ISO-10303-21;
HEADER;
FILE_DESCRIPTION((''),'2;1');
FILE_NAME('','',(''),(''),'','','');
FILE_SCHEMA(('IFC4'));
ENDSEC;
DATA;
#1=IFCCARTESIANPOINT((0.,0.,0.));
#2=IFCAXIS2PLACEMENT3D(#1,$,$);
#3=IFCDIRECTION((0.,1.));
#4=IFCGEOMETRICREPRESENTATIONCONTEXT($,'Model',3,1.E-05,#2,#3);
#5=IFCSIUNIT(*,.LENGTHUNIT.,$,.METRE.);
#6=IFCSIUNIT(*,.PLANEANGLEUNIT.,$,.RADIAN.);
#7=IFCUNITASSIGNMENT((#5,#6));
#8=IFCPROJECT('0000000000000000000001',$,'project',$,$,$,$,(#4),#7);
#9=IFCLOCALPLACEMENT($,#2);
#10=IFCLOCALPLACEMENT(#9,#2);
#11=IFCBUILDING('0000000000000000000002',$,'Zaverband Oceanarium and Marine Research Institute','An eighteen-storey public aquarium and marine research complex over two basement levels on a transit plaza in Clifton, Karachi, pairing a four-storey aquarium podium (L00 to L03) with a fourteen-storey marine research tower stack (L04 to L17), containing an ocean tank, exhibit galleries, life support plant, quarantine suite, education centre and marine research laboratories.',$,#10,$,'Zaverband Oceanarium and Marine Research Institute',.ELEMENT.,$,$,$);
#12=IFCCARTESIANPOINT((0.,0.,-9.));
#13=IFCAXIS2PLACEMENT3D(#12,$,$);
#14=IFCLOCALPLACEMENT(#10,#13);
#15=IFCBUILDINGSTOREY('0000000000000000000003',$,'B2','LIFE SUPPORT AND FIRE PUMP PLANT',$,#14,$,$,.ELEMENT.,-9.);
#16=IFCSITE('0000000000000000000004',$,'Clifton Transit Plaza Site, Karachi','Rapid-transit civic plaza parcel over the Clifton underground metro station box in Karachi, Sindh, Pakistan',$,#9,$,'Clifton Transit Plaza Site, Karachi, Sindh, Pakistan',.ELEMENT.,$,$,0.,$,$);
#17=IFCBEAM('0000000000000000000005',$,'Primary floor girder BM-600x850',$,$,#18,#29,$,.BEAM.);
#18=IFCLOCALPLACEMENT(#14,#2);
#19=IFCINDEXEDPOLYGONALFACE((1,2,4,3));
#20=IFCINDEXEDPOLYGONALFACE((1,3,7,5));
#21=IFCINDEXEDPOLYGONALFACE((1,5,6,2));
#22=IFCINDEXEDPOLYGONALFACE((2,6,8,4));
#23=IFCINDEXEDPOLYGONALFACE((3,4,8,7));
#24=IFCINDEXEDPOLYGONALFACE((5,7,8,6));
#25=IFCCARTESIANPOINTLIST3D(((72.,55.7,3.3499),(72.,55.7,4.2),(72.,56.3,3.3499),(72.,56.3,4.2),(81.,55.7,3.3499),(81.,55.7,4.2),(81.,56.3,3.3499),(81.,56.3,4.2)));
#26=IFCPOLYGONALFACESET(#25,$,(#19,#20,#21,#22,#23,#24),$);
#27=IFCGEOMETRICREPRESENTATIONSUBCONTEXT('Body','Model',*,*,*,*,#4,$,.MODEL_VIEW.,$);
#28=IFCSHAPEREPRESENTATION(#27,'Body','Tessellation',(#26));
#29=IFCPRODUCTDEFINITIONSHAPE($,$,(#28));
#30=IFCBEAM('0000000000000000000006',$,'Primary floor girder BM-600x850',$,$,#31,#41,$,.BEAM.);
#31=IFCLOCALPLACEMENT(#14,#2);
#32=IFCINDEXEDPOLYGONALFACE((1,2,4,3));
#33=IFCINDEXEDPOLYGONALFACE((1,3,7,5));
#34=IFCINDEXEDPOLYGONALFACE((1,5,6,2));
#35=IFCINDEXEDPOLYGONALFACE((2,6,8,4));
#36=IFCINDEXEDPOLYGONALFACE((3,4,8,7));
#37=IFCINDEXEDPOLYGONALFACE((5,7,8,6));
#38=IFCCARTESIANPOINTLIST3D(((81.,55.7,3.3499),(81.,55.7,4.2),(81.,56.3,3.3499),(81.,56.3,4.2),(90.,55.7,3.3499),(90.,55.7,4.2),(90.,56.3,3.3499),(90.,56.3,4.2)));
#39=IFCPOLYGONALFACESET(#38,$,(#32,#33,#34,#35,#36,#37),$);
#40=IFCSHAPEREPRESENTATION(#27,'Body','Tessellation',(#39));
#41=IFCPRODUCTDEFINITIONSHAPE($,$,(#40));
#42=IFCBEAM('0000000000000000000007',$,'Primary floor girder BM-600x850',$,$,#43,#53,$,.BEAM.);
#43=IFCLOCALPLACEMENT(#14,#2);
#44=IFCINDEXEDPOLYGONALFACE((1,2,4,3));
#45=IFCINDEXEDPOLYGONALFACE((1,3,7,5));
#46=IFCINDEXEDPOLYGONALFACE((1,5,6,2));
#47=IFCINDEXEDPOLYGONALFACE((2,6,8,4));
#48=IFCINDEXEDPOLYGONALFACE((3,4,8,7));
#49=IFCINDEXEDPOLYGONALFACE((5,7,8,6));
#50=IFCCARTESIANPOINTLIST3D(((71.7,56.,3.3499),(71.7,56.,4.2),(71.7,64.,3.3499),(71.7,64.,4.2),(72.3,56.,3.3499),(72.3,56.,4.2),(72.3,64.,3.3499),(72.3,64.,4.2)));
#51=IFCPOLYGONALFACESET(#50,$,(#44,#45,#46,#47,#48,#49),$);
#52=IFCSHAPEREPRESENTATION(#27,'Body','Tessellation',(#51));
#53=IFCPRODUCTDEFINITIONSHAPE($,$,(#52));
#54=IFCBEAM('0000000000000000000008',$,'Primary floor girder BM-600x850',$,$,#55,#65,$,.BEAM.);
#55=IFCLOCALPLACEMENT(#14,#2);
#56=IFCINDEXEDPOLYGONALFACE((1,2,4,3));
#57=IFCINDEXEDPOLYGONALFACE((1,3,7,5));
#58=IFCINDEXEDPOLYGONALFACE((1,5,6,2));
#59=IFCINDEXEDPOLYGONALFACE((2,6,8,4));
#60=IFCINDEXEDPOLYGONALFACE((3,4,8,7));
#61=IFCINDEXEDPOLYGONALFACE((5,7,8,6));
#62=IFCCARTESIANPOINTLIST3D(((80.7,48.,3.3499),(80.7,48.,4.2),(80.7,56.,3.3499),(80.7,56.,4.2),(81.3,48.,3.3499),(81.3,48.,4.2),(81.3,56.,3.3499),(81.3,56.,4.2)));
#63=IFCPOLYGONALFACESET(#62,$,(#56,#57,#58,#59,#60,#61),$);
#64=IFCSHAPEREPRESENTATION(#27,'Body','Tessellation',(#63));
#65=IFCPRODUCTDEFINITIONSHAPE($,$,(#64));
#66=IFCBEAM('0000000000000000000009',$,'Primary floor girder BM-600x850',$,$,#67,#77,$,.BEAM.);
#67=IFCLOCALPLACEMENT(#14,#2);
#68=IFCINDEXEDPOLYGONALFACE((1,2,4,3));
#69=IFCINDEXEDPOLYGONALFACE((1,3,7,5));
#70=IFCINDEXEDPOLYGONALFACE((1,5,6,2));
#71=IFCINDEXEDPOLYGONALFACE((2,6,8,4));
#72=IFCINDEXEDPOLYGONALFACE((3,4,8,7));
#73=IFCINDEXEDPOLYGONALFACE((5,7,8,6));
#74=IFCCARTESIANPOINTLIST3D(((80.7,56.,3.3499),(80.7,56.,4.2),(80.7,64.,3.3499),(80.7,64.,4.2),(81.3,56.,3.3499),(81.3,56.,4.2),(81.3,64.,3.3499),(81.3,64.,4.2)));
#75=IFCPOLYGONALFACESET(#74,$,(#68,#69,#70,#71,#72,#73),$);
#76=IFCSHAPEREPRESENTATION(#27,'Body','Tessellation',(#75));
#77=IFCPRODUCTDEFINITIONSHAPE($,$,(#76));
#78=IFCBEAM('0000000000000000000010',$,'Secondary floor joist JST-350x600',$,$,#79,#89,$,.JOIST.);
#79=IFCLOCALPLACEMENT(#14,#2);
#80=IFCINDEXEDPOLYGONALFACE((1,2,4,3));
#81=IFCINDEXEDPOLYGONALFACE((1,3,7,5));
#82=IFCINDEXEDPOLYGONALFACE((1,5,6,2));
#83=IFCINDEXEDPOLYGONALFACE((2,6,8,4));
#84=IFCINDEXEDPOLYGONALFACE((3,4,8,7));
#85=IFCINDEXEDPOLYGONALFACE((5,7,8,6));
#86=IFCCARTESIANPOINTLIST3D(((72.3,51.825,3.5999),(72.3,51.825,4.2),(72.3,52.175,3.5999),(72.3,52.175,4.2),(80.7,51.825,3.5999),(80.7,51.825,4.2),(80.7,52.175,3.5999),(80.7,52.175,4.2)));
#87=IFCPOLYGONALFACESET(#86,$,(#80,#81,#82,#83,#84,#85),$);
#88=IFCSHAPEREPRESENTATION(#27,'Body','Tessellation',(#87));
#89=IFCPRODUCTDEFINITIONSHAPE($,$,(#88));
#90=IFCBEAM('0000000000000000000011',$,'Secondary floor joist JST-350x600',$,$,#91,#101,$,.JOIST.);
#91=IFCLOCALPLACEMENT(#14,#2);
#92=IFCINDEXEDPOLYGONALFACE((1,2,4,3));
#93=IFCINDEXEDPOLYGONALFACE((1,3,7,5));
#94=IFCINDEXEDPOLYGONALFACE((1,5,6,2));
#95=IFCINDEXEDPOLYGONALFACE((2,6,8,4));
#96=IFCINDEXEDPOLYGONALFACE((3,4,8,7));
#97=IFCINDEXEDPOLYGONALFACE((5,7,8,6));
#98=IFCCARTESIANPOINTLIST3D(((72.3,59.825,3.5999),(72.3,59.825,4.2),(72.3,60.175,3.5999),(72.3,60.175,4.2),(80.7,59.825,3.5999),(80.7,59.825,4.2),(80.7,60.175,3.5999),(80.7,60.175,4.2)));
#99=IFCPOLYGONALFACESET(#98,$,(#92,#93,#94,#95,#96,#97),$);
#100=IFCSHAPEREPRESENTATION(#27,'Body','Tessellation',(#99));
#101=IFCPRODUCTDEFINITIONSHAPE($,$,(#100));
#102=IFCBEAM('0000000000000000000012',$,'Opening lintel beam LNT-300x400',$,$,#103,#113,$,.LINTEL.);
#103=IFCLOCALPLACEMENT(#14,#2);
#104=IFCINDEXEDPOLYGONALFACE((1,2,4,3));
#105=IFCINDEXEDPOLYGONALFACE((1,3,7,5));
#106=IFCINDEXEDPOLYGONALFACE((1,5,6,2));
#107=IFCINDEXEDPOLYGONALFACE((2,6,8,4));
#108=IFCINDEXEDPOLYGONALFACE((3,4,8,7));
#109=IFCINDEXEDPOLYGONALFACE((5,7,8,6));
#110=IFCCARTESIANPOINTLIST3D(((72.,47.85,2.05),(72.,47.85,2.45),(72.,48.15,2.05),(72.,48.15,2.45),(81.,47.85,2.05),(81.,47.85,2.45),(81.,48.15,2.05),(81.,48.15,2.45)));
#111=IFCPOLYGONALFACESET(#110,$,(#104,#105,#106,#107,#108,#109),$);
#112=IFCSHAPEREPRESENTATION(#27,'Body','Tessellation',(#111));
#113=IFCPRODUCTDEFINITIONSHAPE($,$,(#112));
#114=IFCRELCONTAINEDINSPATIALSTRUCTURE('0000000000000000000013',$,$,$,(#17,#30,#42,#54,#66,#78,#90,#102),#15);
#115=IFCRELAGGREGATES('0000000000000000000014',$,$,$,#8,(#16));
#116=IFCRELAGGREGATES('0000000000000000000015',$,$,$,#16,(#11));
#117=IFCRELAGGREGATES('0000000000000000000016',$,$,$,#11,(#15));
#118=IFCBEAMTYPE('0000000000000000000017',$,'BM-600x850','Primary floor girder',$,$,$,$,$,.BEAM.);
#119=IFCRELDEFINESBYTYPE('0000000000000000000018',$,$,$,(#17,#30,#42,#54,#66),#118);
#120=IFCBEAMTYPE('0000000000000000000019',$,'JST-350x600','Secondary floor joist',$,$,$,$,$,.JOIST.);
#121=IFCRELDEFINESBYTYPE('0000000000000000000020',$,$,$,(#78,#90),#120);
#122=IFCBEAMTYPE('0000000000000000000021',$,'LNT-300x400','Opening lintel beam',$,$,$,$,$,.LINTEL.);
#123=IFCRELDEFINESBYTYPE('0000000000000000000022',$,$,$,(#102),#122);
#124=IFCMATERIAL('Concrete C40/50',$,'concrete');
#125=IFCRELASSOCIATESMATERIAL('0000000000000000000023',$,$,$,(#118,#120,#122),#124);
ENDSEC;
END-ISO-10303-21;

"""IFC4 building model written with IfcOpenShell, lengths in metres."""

from ifc_helpers import new_model, si_unit, direction, frame, origin, origin_2d, place, context, subcontext, project, spatial, rectangle, extrude, material, material_profile, profile_set, type_object, element, save


model = new_model("IFC4")

# Units and contexts
model_context = context("Model", 3, precision=1e-05, world=origin(), true_north=direction((0.0, 1.0)))
body_context = subcontext(model_context, "Body", "Model", "MODEL_VIEW")
ifc_project = project(units=[si_unit("LENGTHUNIT", "METRE"), si_unit("PLANEANGLEUNIT", "RADIAN")], contexts=[model_context])

# Site, building, storey
site_placement = place(None, origin())
site = spatial("IfcSite", under=ifc_project, at=site_placement, Name="Clifton Transit Plaza Site, Karachi", Description="Rapid-transit civic plaza parcel over the Clifton underground metro station box in Karachi, Sindh, Pakistan", LongName="Clifton Transit Plaza Site, Karachi, Sindh, Pakistan", CompositionType="ELEMENT", RefElevation=0.0)
building_placement = place(site_placement, origin())
building = spatial("IfcBuilding", under=site, at=building_placement, Name="Zaverband Oceanarium and Marine Research Institute", Description="An eighteen-storey public aquarium and marine research complex over two basement levels on a transit plaza in Clifton, Karachi, pairing a four-storey aquarium podium (L00 to L03) with a fourteen-storey marine research tower stack (L04 to L17), containing an ocean tank, exhibit galleries, life support plant, quarantine suite, education centre and marine research laboratories.", LongName="Zaverband Oceanarium and Marine Research Institute", CompositionType="ELEMENT")
storey_placement = place(building_placement, frame((0.0, 0.0, -9.0)))
storey = spatial("IfcBuildingStorey", under=building, at=storey_placement, Name="B2", Description="LIFE SUPPORT AND FIRE PUMP PLANT", CompositionType="ELEMENT", Elevation=-9.0)

# Beams
ifc_material_1 = material(Name="Concrete C40/50", Category="concrete")
ifc_material_profile_1 = material_profile(ifc_material_1, rectangle(XDim=0.6001, YDim=0.8501, at=origin_2d()), Name="RC600x850")
ifc_profile_set_1 = profile_set([ifc_material_profile_1], Name="Concrete C40/50")
beam_type_1 = type_object("IfcBeamType", Name="BM-600x850", Description="Primary floor girder", PredefinedType="BEAM", material=ifc_profile_set_1)
for number, where, z_axis, x_axis, name in (
    (1, (72.0, 56.0, 3.7749), (1.0, 0.0, 0.0), (0.0, 1.0, 0.0), "Primary floor girder BM-600x850"),
    (2, (81.0, 56.0, 3.7749), (1.0, 0.0, 0.0), (0.0, 1.0, 0.0), "Primary floor girder BM-600x850"),
):
    element("IfcBeam", number, at=place(storey_placement, frame(where, z_axis=z_axis, x_axis=x_axis)), inside=storey, type_object=beam_type_1, Name=name, PredefinedType="BEAM", context=body_context, shape_type="SweptSolid", body=[
        extrude(rectangle(XDim=0.6001, YDim=0.8501, at=origin_2d()), origin(), (0.0, 0.0, 1.0), 9.0),
    ])
for number, where, z_axis, x_axis, name in (
    (3, (72.0, 56.0, 3.7749), (0.0, 1.0, 0.0), (-1.0, 0.0, 0.0), "Primary floor girder BM-600x850"),
    (4, (81.0, 48.0, 3.7749), (0.0, 1.0, 0.0), (-1.0, 0.0, 0.0), "Primary floor girder BM-600x850"),
    (5, (81.0, 56.0, 3.7749), (0.0, 1.0, 0.0), (-1.0, 0.0, 0.0), "Primary floor girder BM-600x850"),
):
    element("IfcBeam", number, at=place(storey_placement, frame(where, z_axis=z_axis, x_axis=x_axis)), inside=storey, type_object=beam_type_1, Name=name, PredefinedType="BEAM", context=body_context, shape_type="SweptSolid", body=[
        extrude(rectangle(XDim=0.6001, YDim=0.8501, at=origin_2d()), origin(), (0.0, 0.0, 1.0), 8.0),
    ])
ifc_material_profile_2 = material_profile(ifc_material_1, rectangle(XDim=0.3501, YDim=0.6001, at=origin_2d()), Name="RC350x600")
ifc_profile_set_2 = profile_set([ifc_material_profile_2], Name="Concrete C40/50")
beam_type_2 = type_object("IfcBeamType", Name="JST-350x600", Description="Secondary floor joist", PredefinedType="JOIST", material=ifc_profile_set_2)
for number, where, z_axis, x_axis, name in (
    (6, (72.3, 52.0, 3.8999), (1.0, 0.0, 0.0), (0.0, 1.0, 0.0), "Secondary floor joist JST-350x600"),
    (7, (72.3, 60.0, 3.8999), (1.0, 0.0, 0.0), (0.0, 1.0, 0.0), "Secondary floor joist JST-350x600"),
):
    element("IfcBeam", number, at=place(storey_placement, frame(where, z_axis=z_axis, x_axis=x_axis)), inside=storey, type_object=beam_type_2, Name=name, PredefinedType="JOIST", context=body_context, shape_type="SweptSolid", body=[
        extrude(rectangle(XDim=0.3501, YDim=0.6001, at=origin_2d()), origin(), (0.0, 0.0, 1.0), 8.3999),
    ])
ifc_material_profile_3 = material_profile(ifc_material_1, rectangle(XDim=0.3, YDim=0.3999, at=origin_2d()), Name="RC300x400")
ifc_profile_set_3 = profile_set([ifc_material_profile_3], Name="Concrete C40/50")
beam_type_3 = type_object("IfcBeamType", Name="LNT-300x400", Description="Opening lintel beam", PredefinedType="LINTEL", material=ifc_profile_set_3)
beam_placement = place(storey_placement, frame((72.0, 48.0, 2.25), z_axis=(1.0, 0.0, 0.0), x_axis=(0.0, 1.0, 0.0)))
element("IfcBeam", 8, at=beam_placement, inside=storey, type_object=beam_type_3, Name="Opening lintel beam LNT-300x400", PredefinedType="LINTEL", context=body_context, shape_type="SweptSolid", body=[
    extrude(rectangle(XDim=0.3, YDim=0.3999, at=origin_2d()), origin(), (0.0, 0.0, 1.0), 9.0),
])

save(model, "model.ifc")
